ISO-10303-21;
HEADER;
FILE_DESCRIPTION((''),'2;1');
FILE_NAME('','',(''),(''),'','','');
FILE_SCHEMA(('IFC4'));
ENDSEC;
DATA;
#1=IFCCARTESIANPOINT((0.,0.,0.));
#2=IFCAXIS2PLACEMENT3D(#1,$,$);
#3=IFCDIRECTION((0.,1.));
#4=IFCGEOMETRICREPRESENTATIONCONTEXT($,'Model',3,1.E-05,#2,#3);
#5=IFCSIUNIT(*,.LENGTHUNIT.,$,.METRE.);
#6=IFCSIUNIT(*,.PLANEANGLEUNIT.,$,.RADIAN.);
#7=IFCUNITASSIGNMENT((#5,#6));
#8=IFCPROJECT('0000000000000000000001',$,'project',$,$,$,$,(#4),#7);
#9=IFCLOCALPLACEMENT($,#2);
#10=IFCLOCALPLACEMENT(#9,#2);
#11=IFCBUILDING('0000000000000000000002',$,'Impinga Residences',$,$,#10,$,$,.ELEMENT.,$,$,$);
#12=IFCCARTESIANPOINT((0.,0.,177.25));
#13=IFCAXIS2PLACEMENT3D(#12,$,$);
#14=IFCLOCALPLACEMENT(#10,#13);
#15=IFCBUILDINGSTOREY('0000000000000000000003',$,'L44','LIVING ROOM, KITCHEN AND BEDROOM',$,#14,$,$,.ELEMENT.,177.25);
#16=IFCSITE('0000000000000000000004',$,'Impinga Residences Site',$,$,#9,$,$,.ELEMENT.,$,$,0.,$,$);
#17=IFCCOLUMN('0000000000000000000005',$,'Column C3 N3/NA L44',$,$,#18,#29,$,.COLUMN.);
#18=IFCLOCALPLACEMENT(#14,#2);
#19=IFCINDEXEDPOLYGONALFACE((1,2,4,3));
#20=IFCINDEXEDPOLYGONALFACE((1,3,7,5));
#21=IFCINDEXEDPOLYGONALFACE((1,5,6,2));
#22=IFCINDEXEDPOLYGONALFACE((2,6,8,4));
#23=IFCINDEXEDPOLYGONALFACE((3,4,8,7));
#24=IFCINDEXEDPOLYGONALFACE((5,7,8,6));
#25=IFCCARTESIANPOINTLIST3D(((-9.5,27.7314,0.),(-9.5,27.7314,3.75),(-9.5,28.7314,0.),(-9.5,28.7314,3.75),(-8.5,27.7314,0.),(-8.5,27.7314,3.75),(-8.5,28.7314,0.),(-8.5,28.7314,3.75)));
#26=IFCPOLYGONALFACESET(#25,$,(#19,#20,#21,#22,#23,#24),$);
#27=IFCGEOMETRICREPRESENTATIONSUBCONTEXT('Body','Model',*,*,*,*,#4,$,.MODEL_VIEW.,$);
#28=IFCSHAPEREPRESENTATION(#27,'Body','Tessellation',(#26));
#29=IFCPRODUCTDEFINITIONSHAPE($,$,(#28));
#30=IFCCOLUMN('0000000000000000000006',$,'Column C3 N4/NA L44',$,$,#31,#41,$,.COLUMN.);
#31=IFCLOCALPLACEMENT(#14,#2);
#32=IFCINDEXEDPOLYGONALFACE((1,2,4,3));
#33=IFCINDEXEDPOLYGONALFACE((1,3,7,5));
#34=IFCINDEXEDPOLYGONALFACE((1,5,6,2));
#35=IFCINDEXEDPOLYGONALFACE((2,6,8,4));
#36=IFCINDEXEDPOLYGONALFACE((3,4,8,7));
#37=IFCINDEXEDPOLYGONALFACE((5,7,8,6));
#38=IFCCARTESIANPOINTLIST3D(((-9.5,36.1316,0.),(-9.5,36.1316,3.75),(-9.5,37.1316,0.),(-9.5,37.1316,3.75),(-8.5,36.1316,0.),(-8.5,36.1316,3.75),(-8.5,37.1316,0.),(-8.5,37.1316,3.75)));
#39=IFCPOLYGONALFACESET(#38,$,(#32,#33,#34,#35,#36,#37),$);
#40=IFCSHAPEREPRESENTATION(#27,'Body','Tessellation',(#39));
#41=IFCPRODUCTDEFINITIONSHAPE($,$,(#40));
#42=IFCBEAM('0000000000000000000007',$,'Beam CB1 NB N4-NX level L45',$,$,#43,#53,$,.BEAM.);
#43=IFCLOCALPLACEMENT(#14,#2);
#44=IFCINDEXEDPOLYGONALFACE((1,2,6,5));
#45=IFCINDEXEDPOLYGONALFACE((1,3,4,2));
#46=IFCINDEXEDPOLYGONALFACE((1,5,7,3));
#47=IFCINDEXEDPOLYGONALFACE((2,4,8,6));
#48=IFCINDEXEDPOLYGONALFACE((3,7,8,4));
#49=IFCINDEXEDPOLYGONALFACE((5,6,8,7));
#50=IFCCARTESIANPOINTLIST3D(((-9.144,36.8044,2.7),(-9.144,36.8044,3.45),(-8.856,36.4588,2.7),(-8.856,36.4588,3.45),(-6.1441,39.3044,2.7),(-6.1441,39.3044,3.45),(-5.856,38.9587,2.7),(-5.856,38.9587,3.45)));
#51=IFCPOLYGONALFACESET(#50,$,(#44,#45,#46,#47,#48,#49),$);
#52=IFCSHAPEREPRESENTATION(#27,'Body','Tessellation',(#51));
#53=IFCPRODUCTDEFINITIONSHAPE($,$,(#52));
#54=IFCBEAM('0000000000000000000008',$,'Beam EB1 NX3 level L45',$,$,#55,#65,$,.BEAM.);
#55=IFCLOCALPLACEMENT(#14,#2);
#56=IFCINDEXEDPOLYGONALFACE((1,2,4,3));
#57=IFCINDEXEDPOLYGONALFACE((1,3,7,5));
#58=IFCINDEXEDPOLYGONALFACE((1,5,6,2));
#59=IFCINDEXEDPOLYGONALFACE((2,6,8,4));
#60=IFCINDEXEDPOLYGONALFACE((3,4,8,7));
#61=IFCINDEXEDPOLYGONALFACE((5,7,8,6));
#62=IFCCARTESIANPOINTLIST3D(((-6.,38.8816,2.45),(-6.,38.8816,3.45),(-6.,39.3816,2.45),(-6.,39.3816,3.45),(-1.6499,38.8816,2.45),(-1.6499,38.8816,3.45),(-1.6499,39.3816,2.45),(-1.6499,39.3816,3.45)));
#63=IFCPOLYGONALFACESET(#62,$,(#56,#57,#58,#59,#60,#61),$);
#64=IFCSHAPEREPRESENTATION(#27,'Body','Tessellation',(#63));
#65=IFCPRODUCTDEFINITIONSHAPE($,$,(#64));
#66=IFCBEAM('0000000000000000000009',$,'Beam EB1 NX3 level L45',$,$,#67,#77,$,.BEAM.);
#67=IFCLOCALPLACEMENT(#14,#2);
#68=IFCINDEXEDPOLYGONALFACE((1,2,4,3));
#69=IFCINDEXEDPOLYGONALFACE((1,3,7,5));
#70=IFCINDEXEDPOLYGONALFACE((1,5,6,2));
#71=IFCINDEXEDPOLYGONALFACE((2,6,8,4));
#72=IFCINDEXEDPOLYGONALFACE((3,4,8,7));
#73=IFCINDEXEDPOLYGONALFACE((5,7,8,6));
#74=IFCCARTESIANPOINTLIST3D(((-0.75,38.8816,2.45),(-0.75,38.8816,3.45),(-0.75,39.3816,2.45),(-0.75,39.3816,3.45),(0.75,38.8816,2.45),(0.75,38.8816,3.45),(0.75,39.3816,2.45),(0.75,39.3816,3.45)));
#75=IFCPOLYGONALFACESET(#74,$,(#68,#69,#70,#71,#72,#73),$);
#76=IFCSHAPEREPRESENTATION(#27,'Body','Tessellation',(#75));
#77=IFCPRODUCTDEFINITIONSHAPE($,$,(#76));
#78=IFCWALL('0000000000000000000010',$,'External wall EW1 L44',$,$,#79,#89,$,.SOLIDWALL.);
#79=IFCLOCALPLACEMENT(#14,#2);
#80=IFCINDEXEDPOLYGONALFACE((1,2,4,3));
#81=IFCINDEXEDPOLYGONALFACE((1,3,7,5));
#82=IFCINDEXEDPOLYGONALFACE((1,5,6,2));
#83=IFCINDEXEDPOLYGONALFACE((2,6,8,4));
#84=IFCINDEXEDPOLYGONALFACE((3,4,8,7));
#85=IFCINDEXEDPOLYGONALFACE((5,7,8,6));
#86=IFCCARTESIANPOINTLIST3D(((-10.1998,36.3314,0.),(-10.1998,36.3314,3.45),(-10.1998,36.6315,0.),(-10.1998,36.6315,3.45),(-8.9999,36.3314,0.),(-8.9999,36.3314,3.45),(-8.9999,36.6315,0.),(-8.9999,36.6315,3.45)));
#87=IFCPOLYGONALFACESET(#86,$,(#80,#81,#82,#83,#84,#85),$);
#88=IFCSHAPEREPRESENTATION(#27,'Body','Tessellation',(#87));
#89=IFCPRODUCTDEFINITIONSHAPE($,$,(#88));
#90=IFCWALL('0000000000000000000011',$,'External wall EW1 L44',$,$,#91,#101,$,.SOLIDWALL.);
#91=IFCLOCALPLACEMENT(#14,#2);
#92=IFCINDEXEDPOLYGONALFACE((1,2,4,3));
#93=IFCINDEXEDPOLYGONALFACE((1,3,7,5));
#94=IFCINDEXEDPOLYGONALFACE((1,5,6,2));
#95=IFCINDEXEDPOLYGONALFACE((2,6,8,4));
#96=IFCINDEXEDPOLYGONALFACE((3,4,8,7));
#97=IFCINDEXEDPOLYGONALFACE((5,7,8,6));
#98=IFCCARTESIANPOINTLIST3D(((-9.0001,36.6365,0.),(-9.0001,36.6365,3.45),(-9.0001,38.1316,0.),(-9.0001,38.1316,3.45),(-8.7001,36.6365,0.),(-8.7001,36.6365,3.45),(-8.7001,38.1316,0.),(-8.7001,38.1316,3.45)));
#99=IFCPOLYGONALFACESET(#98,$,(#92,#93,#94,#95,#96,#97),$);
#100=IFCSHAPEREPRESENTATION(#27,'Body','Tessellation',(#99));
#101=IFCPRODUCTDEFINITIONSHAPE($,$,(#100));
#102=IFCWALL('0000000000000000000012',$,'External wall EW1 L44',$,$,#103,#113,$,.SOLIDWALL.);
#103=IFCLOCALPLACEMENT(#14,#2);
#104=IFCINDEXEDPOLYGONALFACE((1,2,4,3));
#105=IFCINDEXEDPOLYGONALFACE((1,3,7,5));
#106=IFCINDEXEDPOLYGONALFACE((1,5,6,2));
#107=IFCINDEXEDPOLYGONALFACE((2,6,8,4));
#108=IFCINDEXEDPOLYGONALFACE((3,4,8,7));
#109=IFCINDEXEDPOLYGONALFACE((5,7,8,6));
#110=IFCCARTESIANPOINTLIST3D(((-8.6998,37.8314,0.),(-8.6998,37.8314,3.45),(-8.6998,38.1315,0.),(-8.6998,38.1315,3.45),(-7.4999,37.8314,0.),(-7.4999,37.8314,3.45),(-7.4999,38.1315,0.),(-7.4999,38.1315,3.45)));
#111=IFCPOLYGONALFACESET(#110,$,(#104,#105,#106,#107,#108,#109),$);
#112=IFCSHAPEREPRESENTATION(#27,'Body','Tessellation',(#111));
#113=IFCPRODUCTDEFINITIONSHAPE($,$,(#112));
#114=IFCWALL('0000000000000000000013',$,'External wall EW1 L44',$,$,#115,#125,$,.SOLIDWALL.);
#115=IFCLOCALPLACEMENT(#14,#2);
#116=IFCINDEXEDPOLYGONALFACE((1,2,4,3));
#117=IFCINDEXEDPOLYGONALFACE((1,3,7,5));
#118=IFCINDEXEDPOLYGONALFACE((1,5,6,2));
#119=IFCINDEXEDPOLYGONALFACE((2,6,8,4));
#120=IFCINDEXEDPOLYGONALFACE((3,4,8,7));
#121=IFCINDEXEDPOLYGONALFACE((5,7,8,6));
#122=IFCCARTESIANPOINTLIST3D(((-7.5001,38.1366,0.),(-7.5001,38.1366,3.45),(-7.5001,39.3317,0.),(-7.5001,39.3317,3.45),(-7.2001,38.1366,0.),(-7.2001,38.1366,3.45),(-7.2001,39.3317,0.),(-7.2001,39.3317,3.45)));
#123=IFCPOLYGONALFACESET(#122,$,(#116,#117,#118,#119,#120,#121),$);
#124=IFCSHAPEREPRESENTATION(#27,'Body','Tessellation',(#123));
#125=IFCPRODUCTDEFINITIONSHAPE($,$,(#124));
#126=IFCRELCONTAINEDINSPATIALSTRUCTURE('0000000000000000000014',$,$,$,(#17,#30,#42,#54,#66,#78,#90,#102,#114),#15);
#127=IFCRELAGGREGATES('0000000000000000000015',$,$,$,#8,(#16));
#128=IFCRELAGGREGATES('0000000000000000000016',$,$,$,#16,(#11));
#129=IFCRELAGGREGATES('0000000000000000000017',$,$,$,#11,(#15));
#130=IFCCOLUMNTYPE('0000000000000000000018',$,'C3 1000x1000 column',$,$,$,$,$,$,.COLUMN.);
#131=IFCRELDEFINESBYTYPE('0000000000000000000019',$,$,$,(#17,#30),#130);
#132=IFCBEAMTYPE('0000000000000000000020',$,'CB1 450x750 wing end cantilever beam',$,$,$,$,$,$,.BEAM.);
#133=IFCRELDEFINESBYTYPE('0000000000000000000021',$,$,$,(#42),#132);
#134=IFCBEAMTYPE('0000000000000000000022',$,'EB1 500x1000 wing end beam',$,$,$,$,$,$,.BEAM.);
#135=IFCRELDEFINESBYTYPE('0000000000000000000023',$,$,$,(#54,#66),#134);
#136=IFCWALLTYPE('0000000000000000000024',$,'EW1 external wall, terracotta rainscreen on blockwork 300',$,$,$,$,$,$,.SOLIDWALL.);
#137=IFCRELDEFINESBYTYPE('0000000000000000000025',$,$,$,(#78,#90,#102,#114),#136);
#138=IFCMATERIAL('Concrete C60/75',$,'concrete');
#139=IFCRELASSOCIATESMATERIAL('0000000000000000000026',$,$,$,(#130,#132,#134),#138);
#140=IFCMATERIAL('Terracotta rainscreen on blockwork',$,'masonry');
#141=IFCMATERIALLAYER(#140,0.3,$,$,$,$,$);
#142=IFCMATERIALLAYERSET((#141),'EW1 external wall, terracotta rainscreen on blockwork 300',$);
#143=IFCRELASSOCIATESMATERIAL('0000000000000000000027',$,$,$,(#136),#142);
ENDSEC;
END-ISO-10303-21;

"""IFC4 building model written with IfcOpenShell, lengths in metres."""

from ifc_helpers import new_model, si_unit, direction, frame, frame_2d, origin, origin_2d, place, context, subcontext, project, spatial, rectangle, extrude, material, layer, layer_set, material_profile, profile_set, type_object, element, save


model = new_model("IFC4")

# Units and contexts
model_context = context("Model", 3, precision=1e-05, world=origin(), true_north=direction((0.0, 1.0)))
body_context = subcontext(model_context, "Body", "Model", "MODEL_VIEW")
ifc_project = project(units=[si_unit("LENGTHUNIT", "METRE"), si_unit("PLANEANGLEUNIT", "RADIAN")], contexts=[model_context])

# Site, building, storey
site_placement = place(None, origin())
site = spatial("IfcSite", under=ifc_project, at=site_placement, Name="Impinga Residences Site", CompositionType="ELEMENT", RefElevation=0.0)
building_placement = place(site_placement, origin())
building = spatial("IfcBuilding", under=site, at=building_placement, Name="Impinga Residences", CompositionType="ELEMENT")
storey_placement = place(building_placement, frame((0.0, 0.0, 177.25)))
storey = spatial("IfcBuildingStorey", under=building, at=storey_placement, Name="L44", Description="LIVING ROOM, KITCHEN AND BEDROOM", CompositionType="ELEMENT", Elevation=177.25)

# Columns
ifc_material_1 = material(Name="Concrete C60/75", Category="concrete")
ifc_material_profile_1 = material_profile(ifc_material_1, rectangle(XDim=1.0, YDim=1.0, at=origin_2d()), Name="RC 1000x1000")
ifc_profile_set_1 = profile_set([ifc_material_profile_1], Name="Concrete C60/75")
column_type = type_object("IfcColumnType", Name="C3 1000x1000 column", PredefinedType="COLUMN", material=ifc_profile_set_1)
for number, where, z_axis, x_axis, name in (
    (1, (-9.0, 28.2314, 0.0), (0.0, 0.0, 1.0), (1.0, 0.0, 0.0), "Column C3 N3/NA L44"),
    (2, (-9.0, 36.6316, 0.0), (0.0, 0.0, 1.0), (1.0, 0.0, 0.0), "Column C3 N4/NA L44"),
):
    element("IfcColumn", number, at=place(storey_placement, frame(where, z_axis=z_axis, x_axis=x_axis)), inside=storey, type_object=column_type, Name=name, PredefinedType="COLUMN", context=body_context, shape_type="SweptSolid", body=[
        extrude(rectangle(XDim=1.0, YDim=1.0, at=origin_2d()), origin(), (0.0, 0.0, 1.0), 3.75),
    ])

# Beams
ifc_material_profile_2 = material_profile(ifc_material_1, rectangle(XDim=0.45, YDim=0.75, at=origin_2d()), Name="RC 450x750")
ifc_profile_set_2 = profile_set([ifc_material_profile_2], Name="Concrete C60/75")
beam_type_1 = type_object("IfcBeamType", Name="CB1 450x750 wing end cantilever beam", PredefinedType="BEAM", material=ifc_profile_set_2)
beam_1_placement = place(storey_placement, frame((-9.0, 36.6316, 3.075), z_axis=(0.768221, 0.640184, 0.0), x_axis=(-0.640184, 0.768221, 0.0)))
element("IfcBeam", 3, at=beam_1_placement, inside=storey, type_object=beam_type_1, Name="Beam CB1 NB N4-NX level L45", PredefinedType="BEAM", context=body_context, shape_type="SweptSolid", body=[
    extrude(rectangle(XDim=0.45, YDim=0.75, at=origin_2d()), origin(), (0.0, 0.0, 1.0), 3.905),
])
ifc_material_profile_3 = material_profile(ifc_material_1, rectangle(XDim=0.5, YDim=1.0, at=origin_2d()), Name="RC 500x1000")
ifc_profile_set_3 = profile_set([ifc_material_profile_3], Name="Concrete C60/75")
beam_type_2 = type_object("IfcBeamType", Name="EB1 500x1000 wing end beam", PredefinedType="BEAM", material=ifc_profile_set_3)
beam_2_placement = place(storey_placement, frame((-6.0, 39.1316, 2.95), z_axis=(1.0, 0.0, 0.0), x_axis=(0.0, 1.0, 0.0)))
element("IfcBeam", 4, at=beam_2_placement, inside=storey, type_object=beam_type_2, Name="Beam EB1 NX3 level L45", PredefinedType="BEAM", context=body_context, shape_type="SweptSolid", body=[
    extrude(rectangle(XDim=0.5, YDim=1.0, at=origin_2d()), origin(), (0.0, 0.0, 1.0), 4.3501),
])
beam_3_placement = place(storey_placement, frame((-0.75, 39.1316, 2.95), z_axis=(1.0, 0.0, 0.0), x_axis=(0.0, 1.0, 0.0)))
element("IfcBeam", 5, at=beam_3_placement, inside=storey, type_object=beam_type_2, Name="Beam EB1 NX3 level L45", PredefinedType="BEAM", context=body_context, shape_type="SweptSolid", body=[
    extrude(rectangle(XDim=0.5, YDim=1.0, at=origin_2d()), origin(), (0.0, 0.0, 1.0), 1.5),
])

# Walls
ifc_material_2 = material(Name="Terracotta rainscreen on blockwork", Category="masonry")
ifc_layer_1 = layer(ifc_material_2, 0.3)
ifc_layer_set_1 = layer_set([ifc_layer_1], Name="EW1 external wall, terracotta rainscreen on blockwork 300")
wall_type_1 = type_object("IfcWallType", Name="EW1 external wall, terracotta rainscreen on blockwork 300", PredefinedType="SOLIDWALL", material=ifc_layer_set_1)
wall_1_placement = place(storey_placement, frame((-10.2, 36.4814, 0.0), z_axis=(0.0, 0.0, 1.0), x_axis=(1.0, 0.0, 0.0)))
element("IfcWall", 6, at=wall_1_placement, inside=storey, type_object=wall_type_1, Name="External wall EW1 L44", PredefinedType="SOLIDWALL", context=body_context, shape_type="SweptSolid", body=[
    extrude(rectangle(XDim=1.2, YDim=0.3, at=frame_2d((0.6001, 0.0))), origin(), (0.0, 0.0, 1.0), 3.45),
])
wall_2_placement = place(storey_placement, frame((-8.8501, 36.6365, 0.0), z_axis=(0.0, 0.0, 1.0), x_axis=(0.0, 1.0, 0.0)))
element("IfcWall", 7, at=wall_2_placement, inside=storey, type_object=wall_type_1, Name="External wall EW1 L44", PredefinedType="SOLIDWALL", context=body_context, shape_type="SweptSolid", body=[
    extrude(rectangle(XDim=1.4951, YDim=0.3, at=frame_2d((0.7476, 0.0))), origin(), (0.0, 0.0, 1.0), 3.45),
])
wall_3_placement = place(storey_placement, frame((-8.7, 37.9814, 0.0), z_axis=(0.0, 0.0, 1.0), x_axis=(1.0, 0.0, 0.0)))
element("IfcWall", 8, at=wall_3_placement, inside=storey, type_object=wall_type_1, Name="External wall EW1 L44", PredefinedType="SOLIDWALL", context=body_context, shape_type="SweptSolid", body=[
    extrude(rectangle(XDim=1.2, YDim=0.3, at=frame_2d((0.6001, 0.0))), origin(), (0.0, 0.0, 1.0), 3.45),
])
wall_4_placement = place(storey_placement, frame((-7.3501, 38.1365, 0.0), z_axis=(0.0, 0.0, 1.0), x_axis=(0.0, 1.0, 0.0)))
element("IfcWall", 9, at=wall_4_placement, inside=storey, type_object=wall_type_1, Name="External wall EW1 L44", PredefinedType="SOLIDWALL", context=body_context, shape_type="SweptSolid", body=[
    extrude(rectangle(XDim=1.1951, YDim=0.3, at=frame_2d((0.5977, 0.0))), origin(), (0.0, 0.0, 1.0), 3.45),
])

save(model, "model.ifc")
